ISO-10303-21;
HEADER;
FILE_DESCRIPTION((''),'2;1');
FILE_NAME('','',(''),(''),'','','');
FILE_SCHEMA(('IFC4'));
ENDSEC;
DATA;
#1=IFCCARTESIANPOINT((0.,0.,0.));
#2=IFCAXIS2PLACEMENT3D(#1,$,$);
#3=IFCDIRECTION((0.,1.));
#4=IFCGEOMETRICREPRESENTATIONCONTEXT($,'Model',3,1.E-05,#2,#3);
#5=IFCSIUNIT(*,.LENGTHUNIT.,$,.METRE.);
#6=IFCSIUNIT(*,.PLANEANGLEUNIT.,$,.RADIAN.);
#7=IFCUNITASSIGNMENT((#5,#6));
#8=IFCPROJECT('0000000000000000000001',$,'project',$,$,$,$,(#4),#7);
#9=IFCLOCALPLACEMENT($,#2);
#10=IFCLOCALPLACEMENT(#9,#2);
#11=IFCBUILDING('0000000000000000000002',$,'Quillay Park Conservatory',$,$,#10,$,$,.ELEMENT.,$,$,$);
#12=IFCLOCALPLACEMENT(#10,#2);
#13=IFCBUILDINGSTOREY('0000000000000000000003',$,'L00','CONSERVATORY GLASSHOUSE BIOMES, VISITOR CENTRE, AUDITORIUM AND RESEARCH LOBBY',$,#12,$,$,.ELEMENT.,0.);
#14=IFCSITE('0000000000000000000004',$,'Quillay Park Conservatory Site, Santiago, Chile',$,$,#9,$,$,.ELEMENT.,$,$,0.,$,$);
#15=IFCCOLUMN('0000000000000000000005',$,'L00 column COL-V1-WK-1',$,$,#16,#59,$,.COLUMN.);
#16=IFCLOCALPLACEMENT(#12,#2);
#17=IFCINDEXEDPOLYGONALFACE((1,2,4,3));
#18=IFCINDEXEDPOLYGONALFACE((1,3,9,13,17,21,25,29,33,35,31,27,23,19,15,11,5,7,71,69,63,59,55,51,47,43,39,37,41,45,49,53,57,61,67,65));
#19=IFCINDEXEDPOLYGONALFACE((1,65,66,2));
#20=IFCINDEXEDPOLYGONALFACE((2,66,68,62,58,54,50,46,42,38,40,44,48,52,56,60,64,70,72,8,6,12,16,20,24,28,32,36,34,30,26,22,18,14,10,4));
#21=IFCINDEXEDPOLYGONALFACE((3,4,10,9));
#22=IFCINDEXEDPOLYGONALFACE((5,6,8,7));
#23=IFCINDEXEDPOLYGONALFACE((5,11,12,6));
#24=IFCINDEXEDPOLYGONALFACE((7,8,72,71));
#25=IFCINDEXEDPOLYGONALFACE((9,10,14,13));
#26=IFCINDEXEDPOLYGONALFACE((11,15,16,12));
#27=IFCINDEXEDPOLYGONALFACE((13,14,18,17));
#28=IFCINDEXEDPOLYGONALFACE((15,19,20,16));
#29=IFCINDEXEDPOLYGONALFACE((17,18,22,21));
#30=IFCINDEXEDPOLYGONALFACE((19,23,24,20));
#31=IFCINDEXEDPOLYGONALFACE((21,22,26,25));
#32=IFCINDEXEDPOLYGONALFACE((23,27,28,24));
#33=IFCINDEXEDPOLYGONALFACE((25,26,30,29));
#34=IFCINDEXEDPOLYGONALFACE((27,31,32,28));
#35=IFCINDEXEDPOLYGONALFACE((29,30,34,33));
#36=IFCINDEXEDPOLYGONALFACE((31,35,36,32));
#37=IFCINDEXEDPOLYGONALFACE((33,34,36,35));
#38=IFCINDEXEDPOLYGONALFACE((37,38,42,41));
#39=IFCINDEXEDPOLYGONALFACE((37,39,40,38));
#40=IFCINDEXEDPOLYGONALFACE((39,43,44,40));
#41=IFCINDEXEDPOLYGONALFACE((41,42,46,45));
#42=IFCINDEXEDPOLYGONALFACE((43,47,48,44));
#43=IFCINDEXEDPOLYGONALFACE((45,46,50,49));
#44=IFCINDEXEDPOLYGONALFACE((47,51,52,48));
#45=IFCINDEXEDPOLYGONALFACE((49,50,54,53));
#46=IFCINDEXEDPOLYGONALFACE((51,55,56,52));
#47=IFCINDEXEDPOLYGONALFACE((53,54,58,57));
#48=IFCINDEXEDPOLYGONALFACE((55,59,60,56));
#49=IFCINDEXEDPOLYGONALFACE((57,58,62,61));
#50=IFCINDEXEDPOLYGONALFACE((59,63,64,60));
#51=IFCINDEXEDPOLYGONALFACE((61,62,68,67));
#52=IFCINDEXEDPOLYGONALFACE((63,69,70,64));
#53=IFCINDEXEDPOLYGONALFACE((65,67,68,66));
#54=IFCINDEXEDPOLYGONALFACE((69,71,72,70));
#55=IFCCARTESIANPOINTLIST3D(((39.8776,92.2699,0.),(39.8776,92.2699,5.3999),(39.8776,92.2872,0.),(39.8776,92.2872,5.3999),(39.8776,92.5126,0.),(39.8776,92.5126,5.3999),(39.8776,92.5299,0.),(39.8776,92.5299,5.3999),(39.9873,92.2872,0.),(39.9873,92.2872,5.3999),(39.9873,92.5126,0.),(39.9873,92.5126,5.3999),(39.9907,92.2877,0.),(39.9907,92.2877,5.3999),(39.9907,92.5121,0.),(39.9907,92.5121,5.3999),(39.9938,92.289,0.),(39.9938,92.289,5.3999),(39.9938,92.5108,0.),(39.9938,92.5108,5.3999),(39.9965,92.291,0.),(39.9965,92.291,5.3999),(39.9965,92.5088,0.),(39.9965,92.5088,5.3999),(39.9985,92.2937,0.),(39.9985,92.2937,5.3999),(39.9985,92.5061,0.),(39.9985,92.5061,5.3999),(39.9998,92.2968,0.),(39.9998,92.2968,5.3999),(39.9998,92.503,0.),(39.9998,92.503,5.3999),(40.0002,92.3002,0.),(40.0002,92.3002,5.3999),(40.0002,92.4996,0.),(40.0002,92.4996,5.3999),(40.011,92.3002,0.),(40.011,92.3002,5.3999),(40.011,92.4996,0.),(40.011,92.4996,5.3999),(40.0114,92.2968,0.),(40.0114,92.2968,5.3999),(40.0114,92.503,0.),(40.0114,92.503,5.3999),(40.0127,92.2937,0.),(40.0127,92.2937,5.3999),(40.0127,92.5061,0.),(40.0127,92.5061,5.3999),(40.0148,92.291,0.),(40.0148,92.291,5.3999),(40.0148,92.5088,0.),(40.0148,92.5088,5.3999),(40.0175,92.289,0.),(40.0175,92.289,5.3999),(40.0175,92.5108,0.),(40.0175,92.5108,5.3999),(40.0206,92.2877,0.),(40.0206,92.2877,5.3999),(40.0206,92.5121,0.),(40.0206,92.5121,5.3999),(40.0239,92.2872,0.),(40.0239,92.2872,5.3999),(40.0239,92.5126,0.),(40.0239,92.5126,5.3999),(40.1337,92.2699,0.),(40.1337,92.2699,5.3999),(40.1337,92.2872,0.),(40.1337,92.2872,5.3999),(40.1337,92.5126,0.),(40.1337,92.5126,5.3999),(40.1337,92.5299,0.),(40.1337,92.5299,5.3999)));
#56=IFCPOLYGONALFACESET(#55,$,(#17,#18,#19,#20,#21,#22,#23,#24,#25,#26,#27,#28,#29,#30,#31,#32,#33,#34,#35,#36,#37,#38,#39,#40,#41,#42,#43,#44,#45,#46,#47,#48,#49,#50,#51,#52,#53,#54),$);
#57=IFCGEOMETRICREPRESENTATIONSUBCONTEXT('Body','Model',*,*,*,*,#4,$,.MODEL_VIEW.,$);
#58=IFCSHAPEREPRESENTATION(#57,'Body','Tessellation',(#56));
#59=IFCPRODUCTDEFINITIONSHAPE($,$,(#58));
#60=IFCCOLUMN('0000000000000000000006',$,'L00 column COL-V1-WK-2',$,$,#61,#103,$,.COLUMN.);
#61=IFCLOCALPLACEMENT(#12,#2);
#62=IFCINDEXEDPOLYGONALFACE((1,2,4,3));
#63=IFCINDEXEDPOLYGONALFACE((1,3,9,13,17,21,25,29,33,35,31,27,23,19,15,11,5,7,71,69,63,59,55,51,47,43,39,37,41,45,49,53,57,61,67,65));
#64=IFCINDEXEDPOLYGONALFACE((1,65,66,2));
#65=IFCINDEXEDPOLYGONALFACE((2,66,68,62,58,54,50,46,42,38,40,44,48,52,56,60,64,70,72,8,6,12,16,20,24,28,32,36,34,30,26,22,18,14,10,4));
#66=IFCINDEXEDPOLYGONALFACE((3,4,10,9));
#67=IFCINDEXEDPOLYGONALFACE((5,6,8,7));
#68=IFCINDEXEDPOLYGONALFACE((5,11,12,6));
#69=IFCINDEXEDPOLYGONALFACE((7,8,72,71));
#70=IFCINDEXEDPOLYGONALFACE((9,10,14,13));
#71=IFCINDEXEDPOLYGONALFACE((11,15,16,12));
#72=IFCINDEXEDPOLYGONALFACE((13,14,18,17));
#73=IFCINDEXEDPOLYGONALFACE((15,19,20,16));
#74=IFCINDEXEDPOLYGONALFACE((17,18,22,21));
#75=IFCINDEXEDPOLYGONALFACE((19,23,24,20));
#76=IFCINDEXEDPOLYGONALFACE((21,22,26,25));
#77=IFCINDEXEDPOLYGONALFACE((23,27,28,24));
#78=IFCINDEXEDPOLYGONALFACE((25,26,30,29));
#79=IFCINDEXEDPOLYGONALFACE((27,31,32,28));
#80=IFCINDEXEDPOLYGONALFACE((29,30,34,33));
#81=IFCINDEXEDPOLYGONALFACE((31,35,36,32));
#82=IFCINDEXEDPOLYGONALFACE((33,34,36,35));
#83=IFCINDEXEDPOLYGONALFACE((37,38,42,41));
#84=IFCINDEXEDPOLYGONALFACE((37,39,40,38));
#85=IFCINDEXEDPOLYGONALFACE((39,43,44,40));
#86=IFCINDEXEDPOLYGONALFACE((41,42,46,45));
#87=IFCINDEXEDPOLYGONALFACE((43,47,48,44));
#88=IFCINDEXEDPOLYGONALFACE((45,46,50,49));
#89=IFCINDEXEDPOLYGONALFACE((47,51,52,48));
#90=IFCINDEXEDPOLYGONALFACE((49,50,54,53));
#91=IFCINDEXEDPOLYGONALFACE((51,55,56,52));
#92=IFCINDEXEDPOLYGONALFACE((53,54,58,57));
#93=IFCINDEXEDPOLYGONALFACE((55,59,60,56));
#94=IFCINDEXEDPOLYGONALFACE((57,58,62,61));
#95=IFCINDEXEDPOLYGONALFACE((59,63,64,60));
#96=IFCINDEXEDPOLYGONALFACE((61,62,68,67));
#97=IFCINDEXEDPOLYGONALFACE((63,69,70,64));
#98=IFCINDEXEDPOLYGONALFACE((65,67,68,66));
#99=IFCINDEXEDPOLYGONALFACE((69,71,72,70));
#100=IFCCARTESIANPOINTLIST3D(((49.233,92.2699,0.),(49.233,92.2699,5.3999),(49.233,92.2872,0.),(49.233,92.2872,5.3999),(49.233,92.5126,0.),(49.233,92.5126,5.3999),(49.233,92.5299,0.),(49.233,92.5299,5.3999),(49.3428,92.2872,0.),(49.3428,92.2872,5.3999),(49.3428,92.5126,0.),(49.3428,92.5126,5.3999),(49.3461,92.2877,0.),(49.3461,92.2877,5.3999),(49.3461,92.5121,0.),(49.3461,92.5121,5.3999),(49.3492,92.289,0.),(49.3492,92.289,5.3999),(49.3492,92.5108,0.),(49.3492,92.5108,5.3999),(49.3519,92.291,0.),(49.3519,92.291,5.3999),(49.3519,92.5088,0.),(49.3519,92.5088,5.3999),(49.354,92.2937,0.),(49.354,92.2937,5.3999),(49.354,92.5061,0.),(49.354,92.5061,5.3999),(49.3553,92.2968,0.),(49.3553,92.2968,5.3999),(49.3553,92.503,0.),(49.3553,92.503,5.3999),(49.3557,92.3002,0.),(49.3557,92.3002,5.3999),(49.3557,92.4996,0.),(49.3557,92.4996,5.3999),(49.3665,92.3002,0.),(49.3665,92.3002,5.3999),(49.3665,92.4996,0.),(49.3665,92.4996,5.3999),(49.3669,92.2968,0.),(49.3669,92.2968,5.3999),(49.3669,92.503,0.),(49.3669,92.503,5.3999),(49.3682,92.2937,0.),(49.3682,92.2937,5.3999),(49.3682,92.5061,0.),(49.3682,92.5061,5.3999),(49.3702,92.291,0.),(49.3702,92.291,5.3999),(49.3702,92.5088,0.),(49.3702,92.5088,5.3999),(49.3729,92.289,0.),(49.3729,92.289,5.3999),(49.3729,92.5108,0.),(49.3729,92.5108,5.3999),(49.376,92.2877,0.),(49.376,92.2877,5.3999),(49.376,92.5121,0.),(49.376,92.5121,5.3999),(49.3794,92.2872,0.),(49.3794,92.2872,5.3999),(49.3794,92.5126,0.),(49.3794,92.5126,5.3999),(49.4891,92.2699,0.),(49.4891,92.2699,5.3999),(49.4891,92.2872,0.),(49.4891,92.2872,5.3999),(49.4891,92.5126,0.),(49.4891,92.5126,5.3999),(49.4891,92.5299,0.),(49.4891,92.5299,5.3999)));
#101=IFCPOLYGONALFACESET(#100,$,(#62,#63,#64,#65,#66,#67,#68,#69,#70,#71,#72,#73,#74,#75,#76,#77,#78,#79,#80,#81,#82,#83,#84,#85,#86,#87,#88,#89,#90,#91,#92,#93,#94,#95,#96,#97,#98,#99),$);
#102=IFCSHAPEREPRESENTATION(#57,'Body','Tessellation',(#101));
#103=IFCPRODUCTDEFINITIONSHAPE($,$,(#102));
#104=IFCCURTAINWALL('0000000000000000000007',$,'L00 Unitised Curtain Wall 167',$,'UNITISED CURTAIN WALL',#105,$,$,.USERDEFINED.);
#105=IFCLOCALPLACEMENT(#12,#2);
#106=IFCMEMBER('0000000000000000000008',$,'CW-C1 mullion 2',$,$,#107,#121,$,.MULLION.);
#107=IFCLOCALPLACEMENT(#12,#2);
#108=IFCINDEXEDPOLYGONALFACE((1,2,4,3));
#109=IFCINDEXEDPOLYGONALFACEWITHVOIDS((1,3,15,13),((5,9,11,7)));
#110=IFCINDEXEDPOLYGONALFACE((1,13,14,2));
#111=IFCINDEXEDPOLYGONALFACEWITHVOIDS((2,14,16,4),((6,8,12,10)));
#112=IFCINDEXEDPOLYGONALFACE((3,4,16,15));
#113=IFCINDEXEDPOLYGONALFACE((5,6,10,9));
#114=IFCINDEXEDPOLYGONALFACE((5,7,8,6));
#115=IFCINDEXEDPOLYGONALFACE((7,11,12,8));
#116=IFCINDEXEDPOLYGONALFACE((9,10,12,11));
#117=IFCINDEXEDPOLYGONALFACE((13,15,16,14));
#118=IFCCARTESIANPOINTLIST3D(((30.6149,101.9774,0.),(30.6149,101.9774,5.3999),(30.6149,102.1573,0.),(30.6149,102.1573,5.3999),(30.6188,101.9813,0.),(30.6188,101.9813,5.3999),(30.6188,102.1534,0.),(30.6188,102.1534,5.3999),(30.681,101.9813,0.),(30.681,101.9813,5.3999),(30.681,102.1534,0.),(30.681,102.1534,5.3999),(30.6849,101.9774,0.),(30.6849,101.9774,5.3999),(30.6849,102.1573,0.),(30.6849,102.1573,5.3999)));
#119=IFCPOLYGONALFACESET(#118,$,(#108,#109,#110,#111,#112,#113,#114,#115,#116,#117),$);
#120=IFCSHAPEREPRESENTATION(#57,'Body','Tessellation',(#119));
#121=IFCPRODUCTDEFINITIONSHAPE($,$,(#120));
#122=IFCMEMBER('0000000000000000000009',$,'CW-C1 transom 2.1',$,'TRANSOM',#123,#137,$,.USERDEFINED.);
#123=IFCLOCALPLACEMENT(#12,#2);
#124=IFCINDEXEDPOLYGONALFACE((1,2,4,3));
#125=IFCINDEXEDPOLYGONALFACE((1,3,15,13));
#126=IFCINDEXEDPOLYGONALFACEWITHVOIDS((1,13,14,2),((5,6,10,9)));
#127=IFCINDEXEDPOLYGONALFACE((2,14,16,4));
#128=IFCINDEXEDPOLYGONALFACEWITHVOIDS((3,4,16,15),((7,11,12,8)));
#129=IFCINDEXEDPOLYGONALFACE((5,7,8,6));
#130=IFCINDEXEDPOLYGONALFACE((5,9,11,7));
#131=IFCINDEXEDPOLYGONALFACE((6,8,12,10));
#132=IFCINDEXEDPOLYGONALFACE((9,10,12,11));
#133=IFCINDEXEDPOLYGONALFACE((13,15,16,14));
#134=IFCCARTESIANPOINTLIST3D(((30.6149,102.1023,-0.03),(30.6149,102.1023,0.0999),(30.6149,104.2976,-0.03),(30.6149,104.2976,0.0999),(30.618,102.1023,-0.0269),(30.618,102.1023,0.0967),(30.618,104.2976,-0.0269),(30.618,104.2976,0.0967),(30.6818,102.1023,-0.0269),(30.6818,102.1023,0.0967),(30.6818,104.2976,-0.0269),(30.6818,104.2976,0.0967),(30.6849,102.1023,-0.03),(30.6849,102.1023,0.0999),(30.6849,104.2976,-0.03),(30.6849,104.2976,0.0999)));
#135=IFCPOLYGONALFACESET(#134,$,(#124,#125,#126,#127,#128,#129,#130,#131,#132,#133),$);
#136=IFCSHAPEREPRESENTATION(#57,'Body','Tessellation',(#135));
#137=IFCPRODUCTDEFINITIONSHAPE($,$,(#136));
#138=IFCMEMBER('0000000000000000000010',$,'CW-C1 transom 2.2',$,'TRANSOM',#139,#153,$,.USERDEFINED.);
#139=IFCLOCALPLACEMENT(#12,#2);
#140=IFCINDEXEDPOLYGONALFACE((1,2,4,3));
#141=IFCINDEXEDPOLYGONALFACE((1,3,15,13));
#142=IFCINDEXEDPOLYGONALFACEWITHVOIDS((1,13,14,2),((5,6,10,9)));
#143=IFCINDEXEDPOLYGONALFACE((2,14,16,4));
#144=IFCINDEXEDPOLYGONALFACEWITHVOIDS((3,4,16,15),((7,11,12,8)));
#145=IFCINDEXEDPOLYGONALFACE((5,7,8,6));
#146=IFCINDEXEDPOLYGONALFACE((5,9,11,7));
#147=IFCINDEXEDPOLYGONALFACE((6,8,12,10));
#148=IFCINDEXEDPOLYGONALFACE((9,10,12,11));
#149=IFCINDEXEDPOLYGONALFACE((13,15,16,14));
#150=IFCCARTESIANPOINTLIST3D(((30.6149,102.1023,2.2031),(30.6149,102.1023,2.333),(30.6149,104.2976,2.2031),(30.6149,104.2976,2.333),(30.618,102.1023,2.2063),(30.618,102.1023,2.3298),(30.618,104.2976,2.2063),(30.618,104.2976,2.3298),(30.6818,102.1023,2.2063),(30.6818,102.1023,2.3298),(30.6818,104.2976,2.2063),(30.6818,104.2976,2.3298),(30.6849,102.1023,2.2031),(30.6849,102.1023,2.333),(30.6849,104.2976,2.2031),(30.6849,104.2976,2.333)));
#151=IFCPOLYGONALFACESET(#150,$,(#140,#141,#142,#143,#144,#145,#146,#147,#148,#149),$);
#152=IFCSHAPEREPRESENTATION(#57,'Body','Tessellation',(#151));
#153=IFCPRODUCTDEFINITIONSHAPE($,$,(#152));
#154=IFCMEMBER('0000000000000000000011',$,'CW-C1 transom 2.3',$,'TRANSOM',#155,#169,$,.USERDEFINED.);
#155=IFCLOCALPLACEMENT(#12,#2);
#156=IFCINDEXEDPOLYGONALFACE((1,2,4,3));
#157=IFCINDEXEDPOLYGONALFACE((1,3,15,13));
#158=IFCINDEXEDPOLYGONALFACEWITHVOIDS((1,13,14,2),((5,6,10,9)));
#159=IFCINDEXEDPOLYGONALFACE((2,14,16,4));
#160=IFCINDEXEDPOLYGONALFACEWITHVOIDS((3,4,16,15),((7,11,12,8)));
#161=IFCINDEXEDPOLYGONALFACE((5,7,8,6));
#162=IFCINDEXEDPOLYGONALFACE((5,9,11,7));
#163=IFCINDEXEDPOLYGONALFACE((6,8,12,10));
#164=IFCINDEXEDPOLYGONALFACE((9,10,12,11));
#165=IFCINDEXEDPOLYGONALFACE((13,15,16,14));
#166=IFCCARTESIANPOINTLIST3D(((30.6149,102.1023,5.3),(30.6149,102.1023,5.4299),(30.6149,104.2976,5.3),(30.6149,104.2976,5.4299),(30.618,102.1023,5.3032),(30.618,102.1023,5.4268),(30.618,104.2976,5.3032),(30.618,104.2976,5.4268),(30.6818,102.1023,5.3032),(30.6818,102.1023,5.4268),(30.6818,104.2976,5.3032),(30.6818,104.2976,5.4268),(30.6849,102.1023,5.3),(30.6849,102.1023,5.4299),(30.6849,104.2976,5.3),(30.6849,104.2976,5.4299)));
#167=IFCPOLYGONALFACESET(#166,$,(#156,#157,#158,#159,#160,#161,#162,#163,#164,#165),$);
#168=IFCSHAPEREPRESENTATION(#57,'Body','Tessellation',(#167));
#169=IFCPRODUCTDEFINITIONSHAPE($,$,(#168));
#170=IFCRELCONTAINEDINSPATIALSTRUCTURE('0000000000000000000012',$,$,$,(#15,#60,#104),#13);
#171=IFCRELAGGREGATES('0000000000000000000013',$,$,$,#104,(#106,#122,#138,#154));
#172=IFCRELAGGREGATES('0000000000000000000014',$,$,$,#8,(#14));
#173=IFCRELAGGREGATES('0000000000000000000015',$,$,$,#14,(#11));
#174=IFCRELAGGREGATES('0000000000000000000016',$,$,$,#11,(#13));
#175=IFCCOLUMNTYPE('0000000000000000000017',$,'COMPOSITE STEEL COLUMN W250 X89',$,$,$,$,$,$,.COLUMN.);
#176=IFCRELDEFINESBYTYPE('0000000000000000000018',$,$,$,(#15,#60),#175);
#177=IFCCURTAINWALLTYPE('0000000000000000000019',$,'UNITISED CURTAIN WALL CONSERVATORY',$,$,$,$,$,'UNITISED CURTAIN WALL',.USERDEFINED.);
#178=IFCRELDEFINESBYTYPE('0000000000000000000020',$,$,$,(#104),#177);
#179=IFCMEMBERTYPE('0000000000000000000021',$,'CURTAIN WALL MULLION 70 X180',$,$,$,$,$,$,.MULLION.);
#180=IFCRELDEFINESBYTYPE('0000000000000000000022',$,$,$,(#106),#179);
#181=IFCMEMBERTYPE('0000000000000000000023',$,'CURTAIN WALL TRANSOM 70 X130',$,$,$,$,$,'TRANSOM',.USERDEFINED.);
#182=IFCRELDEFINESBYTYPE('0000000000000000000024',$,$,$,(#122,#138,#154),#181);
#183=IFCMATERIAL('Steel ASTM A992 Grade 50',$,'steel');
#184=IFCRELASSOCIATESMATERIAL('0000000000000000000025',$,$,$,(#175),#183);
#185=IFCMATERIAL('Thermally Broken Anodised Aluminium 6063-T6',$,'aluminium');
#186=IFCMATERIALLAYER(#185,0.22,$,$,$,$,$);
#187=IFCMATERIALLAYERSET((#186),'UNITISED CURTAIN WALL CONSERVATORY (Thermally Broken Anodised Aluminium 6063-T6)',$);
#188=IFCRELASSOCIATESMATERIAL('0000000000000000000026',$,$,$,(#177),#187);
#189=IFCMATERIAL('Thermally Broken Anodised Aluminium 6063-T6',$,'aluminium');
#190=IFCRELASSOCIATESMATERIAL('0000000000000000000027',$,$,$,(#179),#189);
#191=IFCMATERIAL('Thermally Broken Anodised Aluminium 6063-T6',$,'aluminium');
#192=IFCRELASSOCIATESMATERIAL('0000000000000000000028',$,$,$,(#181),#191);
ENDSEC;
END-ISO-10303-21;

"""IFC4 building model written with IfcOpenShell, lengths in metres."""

from ifc_helpers import new_model, si_unit, direction, frame, origin, origin_2d, place, context, subcontext, project, spatial, hollow_rectangle, i_section, extrude, material, layer, layer_set, material_profile, profile_set, type_object, element, aggregate, save


model = new_model("IFC4")

# Units and contexts
model_context = context("Model", 3, precision=1e-05, world=origin(), true_north=direction((0.0, 1.0)))
body_context = subcontext(model_context, "Body", "Model", "MODEL_VIEW")
ifc_project = project(units=[si_unit("LENGTHUNIT", "METRE"), si_unit("PLANEANGLEUNIT", "RADIAN")], contexts=[model_context])

# Site, building, storey
site_placement = place(None, origin())
site = spatial("IfcSite", under=ifc_project, at=site_placement, Name="Quillay Park Conservatory Site, Santiago, Chile", CompositionType="ELEMENT", RefElevation=0.0)
building_placement = place(site_placement, origin())
building = spatial("IfcBuilding", under=site, at=building_placement, Name="Quillay Park Conservatory", CompositionType="ELEMENT")
storey_placement = place(building_placement, origin())
storey = spatial("IfcBuildingStorey", under=building, at=storey_placement, Name="L00", Description="CONSERVATORY GLASSHOUSE BIOMES, VISITOR CENTRE, AUDITORIUM AND RESEARCH LOBBY", CompositionType="ELEMENT", Elevation=0.0)

# Columns
ifc_material_1 = material(Name="Steel ASTM A992 Grade 50", Category="steel")
ifc_material_profile_1 = material_profile(ifc_material_1, i_section(OverallWidth=0.2561, OverallDepth=0.26, WebThickness=0.0107, FlangeThickness=0.0173, FilletRadius=0.0129, at=origin_2d()), Name="W250x89")
ifc_profile_set_1 = profile_set([ifc_material_profile_1], Name="Steel ASTM A992 Grade 50")
column_type = type_object("IfcColumnType", Name="COMPOSITE STEEL COLUMN W250 X89", PredefinedType="COLUMN", material=ifc_profile_set_1)
for number, where, z_axis, x_axis, name in (
    (1, (40.0056, 92.3999, 0.0), (0.0, 0.0, 1.0), (1.0, 0.0, 0.0), "L00 column COL-V1-WK-1"),
    (2, (49.3611, 92.3999, 0.0), (0.0, 0.0, 1.0), (1.0, 0.0, 0.0), "L00 column COL-V1-WK-2"),
):
    element("IfcColumn", number, at=place(storey_placement, frame(where, z_axis=z_axis, x_axis=x_axis)), inside=storey, type_object=column_type, Name=name, PredefinedType="COLUMN", context=body_context, shape_type="SweptSolid", body=[
        extrude(i_section(OverallWidth=0.2561, OverallDepth=0.26, WebThickness=0.0107, FlangeThickness=0.0173, FilletRadius=0.0129, at=origin_2d()), origin(), (0.0, 0.0, 1.0), 5.3999),
    ])

# Curtain wall, members
ifc_material_2 = material(Name="Thermally Broken Anodised Aluminium 6063-T6", Category="aluminium")
ifc_layer_1 = layer(ifc_material_2, 0.22)
ifc_layer_set_1 = layer_set([ifc_layer_1], Name="UNITISED CURTAIN WALL CONSERVATORY (Thermally Broken Anodised Aluminium 6063-T6)")
curtain_wall_type = type_object("IfcCurtainWallType", Name="UNITISED CURTAIN WALL CONSERVATORY", ElementType="UNITISED CURTAIN WALL", PredefinedType="USERDEFINED", material=ifc_layer_set_1)
curtain_wall_placement = place(storey_placement, origin())
curtain_wall = element("IfcCurtainWall", 3, at=curtain_wall_placement, inside=storey, type_object=curtain_wall_type, Name="L00 Unitised Curtain Wall 167", ObjectType="UNITISED CURTAIN WALL", PredefinedType="USERDEFINED")
ifc_material_3 = material(Name="Thermally Broken Anodised Aluminium 6063-T6", Category="aluminium")
ifc_material_profile_2 = material_profile(ifc_material_3, hollow_rectangle(XDim=0.0701, YDim=0.1799, WallThickness=0.0039, at=origin_2d()), Name="AL70x180x4")
ifc_profile_set_2 = profile_set([ifc_material_profile_2], Name="Thermally Broken Anodised Aluminium 6063-T6")
member_type_1 = type_object("IfcMemberType", Name="CURTAIN WALL MULLION 70 X180", PredefinedType="MULLION", material=ifc_profile_set_2)
member_1_placement = place(storey_placement, frame((30.6499, 102.0674, 0.0), z_axis=(0.0, 0.0, 1.0), x_axis=(-1.0, 0.0, 0.0)))
member_1 = element("IfcMember", 4, at=member_1_placement, type_object=member_type_1, Name="CW-C1 mullion 2", PredefinedType="MULLION", context=body_context, shape_type="SweptSolid", body=[
    extrude(hollow_rectangle(XDim=0.0701, YDim=0.1799, WallThickness=0.0039, at=origin_2d()), origin(), (0.0, 0.0, 1.0), 5.3999),
])
ifc_material_4 = material(Name="Thermally Broken Anodised Aluminium 6063-T6", Category="aluminium")
ifc_material_profile_3 = material_profile(ifc_material_4, hollow_rectangle(XDim=0.0701, YDim=0.1299, WallThickness=0.0032, at=origin_2d()), Name="AL70x130x3.2")
ifc_profile_set_3 = profile_set([ifc_material_profile_3], Name="Thermally Broken Anodised Aluminium 6063-T6")
member_type_2 = type_object("IfcMemberType", Name="CURTAIN WALL TRANSOM 70 X130", ElementType="TRANSOM", PredefinedType="USERDEFINED", material=ifc_profile_set_3)
member_2_placement = place(storey_placement, frame((30.6499, 102.1023, 0.0349), z_axis=(0.0, 1.0, 0.0), x_axis=(-1.0, 0.0, 0.0)))
member_2 = element("IfcMember", 5, at=member_2_placement, type_object=member_type_2, Name="CW-C1 transom 2.1", ObjectType="TRANSOM", PredefinedType="USERDEFINED", context=body_context, shape_type="SweptSolid", body=[
    extrude(hollow_rectangle(XDim=0.0701, YDim=0.1299, WallThickness=0.0032, at=origin_2d()), origin(), (0.0, 0.0, 1.0), 2.1953),
])
member_3_placement = place(storey_placement, frame((30.6499, 102.1023, 2.2681), z_axis=(0.0, 1.0, 0.0), x_axis=(-1.0, 0.0, 0.0)))
member_3 = element("IfcMember", 6, at=member_3_placement, type_object=member_type_2, Name="CW-C1 transom 2.2", ObjectType="TRANSOM", PredefinedType="USERDEFINED", context=body_context, shape_type="SweptSolid", body=[
    extrude(hollow_rectangle(XDim=0.0701, YDim=0.1299, WallThickness=0.0032, at=origin_2d()), origin(), (0.0, 0.0, 1.0), 2.1953),
])
member_4_placement = place(storey_placement, frame((30.6499, 102.1023, 5.365), z_axis=(0.0, 1.0, 0.0), x_axis=(-1.0, 0.0, 0.0)))
member_4 = element("IfcMember", 7, at=member_4_placement, type_object=member_type_2, Name="CW-C1 transom 2.3", ObjectType="TRANSOM", PredefinedType="USERDEFINED", context=body_context, shape_type="SweptSolid", body=[
    extrude(hollow_rectangle(XDim=0.0701, YDim=0.1299, WallThickness=0.0032, at=origin_2d()), origin(), (0.0, 0.0, 1.0), 2.1953),
])

aggregate(curtain_wall, [member_1, member_2, member_3, member_4])

save(model, "model.ifc")
